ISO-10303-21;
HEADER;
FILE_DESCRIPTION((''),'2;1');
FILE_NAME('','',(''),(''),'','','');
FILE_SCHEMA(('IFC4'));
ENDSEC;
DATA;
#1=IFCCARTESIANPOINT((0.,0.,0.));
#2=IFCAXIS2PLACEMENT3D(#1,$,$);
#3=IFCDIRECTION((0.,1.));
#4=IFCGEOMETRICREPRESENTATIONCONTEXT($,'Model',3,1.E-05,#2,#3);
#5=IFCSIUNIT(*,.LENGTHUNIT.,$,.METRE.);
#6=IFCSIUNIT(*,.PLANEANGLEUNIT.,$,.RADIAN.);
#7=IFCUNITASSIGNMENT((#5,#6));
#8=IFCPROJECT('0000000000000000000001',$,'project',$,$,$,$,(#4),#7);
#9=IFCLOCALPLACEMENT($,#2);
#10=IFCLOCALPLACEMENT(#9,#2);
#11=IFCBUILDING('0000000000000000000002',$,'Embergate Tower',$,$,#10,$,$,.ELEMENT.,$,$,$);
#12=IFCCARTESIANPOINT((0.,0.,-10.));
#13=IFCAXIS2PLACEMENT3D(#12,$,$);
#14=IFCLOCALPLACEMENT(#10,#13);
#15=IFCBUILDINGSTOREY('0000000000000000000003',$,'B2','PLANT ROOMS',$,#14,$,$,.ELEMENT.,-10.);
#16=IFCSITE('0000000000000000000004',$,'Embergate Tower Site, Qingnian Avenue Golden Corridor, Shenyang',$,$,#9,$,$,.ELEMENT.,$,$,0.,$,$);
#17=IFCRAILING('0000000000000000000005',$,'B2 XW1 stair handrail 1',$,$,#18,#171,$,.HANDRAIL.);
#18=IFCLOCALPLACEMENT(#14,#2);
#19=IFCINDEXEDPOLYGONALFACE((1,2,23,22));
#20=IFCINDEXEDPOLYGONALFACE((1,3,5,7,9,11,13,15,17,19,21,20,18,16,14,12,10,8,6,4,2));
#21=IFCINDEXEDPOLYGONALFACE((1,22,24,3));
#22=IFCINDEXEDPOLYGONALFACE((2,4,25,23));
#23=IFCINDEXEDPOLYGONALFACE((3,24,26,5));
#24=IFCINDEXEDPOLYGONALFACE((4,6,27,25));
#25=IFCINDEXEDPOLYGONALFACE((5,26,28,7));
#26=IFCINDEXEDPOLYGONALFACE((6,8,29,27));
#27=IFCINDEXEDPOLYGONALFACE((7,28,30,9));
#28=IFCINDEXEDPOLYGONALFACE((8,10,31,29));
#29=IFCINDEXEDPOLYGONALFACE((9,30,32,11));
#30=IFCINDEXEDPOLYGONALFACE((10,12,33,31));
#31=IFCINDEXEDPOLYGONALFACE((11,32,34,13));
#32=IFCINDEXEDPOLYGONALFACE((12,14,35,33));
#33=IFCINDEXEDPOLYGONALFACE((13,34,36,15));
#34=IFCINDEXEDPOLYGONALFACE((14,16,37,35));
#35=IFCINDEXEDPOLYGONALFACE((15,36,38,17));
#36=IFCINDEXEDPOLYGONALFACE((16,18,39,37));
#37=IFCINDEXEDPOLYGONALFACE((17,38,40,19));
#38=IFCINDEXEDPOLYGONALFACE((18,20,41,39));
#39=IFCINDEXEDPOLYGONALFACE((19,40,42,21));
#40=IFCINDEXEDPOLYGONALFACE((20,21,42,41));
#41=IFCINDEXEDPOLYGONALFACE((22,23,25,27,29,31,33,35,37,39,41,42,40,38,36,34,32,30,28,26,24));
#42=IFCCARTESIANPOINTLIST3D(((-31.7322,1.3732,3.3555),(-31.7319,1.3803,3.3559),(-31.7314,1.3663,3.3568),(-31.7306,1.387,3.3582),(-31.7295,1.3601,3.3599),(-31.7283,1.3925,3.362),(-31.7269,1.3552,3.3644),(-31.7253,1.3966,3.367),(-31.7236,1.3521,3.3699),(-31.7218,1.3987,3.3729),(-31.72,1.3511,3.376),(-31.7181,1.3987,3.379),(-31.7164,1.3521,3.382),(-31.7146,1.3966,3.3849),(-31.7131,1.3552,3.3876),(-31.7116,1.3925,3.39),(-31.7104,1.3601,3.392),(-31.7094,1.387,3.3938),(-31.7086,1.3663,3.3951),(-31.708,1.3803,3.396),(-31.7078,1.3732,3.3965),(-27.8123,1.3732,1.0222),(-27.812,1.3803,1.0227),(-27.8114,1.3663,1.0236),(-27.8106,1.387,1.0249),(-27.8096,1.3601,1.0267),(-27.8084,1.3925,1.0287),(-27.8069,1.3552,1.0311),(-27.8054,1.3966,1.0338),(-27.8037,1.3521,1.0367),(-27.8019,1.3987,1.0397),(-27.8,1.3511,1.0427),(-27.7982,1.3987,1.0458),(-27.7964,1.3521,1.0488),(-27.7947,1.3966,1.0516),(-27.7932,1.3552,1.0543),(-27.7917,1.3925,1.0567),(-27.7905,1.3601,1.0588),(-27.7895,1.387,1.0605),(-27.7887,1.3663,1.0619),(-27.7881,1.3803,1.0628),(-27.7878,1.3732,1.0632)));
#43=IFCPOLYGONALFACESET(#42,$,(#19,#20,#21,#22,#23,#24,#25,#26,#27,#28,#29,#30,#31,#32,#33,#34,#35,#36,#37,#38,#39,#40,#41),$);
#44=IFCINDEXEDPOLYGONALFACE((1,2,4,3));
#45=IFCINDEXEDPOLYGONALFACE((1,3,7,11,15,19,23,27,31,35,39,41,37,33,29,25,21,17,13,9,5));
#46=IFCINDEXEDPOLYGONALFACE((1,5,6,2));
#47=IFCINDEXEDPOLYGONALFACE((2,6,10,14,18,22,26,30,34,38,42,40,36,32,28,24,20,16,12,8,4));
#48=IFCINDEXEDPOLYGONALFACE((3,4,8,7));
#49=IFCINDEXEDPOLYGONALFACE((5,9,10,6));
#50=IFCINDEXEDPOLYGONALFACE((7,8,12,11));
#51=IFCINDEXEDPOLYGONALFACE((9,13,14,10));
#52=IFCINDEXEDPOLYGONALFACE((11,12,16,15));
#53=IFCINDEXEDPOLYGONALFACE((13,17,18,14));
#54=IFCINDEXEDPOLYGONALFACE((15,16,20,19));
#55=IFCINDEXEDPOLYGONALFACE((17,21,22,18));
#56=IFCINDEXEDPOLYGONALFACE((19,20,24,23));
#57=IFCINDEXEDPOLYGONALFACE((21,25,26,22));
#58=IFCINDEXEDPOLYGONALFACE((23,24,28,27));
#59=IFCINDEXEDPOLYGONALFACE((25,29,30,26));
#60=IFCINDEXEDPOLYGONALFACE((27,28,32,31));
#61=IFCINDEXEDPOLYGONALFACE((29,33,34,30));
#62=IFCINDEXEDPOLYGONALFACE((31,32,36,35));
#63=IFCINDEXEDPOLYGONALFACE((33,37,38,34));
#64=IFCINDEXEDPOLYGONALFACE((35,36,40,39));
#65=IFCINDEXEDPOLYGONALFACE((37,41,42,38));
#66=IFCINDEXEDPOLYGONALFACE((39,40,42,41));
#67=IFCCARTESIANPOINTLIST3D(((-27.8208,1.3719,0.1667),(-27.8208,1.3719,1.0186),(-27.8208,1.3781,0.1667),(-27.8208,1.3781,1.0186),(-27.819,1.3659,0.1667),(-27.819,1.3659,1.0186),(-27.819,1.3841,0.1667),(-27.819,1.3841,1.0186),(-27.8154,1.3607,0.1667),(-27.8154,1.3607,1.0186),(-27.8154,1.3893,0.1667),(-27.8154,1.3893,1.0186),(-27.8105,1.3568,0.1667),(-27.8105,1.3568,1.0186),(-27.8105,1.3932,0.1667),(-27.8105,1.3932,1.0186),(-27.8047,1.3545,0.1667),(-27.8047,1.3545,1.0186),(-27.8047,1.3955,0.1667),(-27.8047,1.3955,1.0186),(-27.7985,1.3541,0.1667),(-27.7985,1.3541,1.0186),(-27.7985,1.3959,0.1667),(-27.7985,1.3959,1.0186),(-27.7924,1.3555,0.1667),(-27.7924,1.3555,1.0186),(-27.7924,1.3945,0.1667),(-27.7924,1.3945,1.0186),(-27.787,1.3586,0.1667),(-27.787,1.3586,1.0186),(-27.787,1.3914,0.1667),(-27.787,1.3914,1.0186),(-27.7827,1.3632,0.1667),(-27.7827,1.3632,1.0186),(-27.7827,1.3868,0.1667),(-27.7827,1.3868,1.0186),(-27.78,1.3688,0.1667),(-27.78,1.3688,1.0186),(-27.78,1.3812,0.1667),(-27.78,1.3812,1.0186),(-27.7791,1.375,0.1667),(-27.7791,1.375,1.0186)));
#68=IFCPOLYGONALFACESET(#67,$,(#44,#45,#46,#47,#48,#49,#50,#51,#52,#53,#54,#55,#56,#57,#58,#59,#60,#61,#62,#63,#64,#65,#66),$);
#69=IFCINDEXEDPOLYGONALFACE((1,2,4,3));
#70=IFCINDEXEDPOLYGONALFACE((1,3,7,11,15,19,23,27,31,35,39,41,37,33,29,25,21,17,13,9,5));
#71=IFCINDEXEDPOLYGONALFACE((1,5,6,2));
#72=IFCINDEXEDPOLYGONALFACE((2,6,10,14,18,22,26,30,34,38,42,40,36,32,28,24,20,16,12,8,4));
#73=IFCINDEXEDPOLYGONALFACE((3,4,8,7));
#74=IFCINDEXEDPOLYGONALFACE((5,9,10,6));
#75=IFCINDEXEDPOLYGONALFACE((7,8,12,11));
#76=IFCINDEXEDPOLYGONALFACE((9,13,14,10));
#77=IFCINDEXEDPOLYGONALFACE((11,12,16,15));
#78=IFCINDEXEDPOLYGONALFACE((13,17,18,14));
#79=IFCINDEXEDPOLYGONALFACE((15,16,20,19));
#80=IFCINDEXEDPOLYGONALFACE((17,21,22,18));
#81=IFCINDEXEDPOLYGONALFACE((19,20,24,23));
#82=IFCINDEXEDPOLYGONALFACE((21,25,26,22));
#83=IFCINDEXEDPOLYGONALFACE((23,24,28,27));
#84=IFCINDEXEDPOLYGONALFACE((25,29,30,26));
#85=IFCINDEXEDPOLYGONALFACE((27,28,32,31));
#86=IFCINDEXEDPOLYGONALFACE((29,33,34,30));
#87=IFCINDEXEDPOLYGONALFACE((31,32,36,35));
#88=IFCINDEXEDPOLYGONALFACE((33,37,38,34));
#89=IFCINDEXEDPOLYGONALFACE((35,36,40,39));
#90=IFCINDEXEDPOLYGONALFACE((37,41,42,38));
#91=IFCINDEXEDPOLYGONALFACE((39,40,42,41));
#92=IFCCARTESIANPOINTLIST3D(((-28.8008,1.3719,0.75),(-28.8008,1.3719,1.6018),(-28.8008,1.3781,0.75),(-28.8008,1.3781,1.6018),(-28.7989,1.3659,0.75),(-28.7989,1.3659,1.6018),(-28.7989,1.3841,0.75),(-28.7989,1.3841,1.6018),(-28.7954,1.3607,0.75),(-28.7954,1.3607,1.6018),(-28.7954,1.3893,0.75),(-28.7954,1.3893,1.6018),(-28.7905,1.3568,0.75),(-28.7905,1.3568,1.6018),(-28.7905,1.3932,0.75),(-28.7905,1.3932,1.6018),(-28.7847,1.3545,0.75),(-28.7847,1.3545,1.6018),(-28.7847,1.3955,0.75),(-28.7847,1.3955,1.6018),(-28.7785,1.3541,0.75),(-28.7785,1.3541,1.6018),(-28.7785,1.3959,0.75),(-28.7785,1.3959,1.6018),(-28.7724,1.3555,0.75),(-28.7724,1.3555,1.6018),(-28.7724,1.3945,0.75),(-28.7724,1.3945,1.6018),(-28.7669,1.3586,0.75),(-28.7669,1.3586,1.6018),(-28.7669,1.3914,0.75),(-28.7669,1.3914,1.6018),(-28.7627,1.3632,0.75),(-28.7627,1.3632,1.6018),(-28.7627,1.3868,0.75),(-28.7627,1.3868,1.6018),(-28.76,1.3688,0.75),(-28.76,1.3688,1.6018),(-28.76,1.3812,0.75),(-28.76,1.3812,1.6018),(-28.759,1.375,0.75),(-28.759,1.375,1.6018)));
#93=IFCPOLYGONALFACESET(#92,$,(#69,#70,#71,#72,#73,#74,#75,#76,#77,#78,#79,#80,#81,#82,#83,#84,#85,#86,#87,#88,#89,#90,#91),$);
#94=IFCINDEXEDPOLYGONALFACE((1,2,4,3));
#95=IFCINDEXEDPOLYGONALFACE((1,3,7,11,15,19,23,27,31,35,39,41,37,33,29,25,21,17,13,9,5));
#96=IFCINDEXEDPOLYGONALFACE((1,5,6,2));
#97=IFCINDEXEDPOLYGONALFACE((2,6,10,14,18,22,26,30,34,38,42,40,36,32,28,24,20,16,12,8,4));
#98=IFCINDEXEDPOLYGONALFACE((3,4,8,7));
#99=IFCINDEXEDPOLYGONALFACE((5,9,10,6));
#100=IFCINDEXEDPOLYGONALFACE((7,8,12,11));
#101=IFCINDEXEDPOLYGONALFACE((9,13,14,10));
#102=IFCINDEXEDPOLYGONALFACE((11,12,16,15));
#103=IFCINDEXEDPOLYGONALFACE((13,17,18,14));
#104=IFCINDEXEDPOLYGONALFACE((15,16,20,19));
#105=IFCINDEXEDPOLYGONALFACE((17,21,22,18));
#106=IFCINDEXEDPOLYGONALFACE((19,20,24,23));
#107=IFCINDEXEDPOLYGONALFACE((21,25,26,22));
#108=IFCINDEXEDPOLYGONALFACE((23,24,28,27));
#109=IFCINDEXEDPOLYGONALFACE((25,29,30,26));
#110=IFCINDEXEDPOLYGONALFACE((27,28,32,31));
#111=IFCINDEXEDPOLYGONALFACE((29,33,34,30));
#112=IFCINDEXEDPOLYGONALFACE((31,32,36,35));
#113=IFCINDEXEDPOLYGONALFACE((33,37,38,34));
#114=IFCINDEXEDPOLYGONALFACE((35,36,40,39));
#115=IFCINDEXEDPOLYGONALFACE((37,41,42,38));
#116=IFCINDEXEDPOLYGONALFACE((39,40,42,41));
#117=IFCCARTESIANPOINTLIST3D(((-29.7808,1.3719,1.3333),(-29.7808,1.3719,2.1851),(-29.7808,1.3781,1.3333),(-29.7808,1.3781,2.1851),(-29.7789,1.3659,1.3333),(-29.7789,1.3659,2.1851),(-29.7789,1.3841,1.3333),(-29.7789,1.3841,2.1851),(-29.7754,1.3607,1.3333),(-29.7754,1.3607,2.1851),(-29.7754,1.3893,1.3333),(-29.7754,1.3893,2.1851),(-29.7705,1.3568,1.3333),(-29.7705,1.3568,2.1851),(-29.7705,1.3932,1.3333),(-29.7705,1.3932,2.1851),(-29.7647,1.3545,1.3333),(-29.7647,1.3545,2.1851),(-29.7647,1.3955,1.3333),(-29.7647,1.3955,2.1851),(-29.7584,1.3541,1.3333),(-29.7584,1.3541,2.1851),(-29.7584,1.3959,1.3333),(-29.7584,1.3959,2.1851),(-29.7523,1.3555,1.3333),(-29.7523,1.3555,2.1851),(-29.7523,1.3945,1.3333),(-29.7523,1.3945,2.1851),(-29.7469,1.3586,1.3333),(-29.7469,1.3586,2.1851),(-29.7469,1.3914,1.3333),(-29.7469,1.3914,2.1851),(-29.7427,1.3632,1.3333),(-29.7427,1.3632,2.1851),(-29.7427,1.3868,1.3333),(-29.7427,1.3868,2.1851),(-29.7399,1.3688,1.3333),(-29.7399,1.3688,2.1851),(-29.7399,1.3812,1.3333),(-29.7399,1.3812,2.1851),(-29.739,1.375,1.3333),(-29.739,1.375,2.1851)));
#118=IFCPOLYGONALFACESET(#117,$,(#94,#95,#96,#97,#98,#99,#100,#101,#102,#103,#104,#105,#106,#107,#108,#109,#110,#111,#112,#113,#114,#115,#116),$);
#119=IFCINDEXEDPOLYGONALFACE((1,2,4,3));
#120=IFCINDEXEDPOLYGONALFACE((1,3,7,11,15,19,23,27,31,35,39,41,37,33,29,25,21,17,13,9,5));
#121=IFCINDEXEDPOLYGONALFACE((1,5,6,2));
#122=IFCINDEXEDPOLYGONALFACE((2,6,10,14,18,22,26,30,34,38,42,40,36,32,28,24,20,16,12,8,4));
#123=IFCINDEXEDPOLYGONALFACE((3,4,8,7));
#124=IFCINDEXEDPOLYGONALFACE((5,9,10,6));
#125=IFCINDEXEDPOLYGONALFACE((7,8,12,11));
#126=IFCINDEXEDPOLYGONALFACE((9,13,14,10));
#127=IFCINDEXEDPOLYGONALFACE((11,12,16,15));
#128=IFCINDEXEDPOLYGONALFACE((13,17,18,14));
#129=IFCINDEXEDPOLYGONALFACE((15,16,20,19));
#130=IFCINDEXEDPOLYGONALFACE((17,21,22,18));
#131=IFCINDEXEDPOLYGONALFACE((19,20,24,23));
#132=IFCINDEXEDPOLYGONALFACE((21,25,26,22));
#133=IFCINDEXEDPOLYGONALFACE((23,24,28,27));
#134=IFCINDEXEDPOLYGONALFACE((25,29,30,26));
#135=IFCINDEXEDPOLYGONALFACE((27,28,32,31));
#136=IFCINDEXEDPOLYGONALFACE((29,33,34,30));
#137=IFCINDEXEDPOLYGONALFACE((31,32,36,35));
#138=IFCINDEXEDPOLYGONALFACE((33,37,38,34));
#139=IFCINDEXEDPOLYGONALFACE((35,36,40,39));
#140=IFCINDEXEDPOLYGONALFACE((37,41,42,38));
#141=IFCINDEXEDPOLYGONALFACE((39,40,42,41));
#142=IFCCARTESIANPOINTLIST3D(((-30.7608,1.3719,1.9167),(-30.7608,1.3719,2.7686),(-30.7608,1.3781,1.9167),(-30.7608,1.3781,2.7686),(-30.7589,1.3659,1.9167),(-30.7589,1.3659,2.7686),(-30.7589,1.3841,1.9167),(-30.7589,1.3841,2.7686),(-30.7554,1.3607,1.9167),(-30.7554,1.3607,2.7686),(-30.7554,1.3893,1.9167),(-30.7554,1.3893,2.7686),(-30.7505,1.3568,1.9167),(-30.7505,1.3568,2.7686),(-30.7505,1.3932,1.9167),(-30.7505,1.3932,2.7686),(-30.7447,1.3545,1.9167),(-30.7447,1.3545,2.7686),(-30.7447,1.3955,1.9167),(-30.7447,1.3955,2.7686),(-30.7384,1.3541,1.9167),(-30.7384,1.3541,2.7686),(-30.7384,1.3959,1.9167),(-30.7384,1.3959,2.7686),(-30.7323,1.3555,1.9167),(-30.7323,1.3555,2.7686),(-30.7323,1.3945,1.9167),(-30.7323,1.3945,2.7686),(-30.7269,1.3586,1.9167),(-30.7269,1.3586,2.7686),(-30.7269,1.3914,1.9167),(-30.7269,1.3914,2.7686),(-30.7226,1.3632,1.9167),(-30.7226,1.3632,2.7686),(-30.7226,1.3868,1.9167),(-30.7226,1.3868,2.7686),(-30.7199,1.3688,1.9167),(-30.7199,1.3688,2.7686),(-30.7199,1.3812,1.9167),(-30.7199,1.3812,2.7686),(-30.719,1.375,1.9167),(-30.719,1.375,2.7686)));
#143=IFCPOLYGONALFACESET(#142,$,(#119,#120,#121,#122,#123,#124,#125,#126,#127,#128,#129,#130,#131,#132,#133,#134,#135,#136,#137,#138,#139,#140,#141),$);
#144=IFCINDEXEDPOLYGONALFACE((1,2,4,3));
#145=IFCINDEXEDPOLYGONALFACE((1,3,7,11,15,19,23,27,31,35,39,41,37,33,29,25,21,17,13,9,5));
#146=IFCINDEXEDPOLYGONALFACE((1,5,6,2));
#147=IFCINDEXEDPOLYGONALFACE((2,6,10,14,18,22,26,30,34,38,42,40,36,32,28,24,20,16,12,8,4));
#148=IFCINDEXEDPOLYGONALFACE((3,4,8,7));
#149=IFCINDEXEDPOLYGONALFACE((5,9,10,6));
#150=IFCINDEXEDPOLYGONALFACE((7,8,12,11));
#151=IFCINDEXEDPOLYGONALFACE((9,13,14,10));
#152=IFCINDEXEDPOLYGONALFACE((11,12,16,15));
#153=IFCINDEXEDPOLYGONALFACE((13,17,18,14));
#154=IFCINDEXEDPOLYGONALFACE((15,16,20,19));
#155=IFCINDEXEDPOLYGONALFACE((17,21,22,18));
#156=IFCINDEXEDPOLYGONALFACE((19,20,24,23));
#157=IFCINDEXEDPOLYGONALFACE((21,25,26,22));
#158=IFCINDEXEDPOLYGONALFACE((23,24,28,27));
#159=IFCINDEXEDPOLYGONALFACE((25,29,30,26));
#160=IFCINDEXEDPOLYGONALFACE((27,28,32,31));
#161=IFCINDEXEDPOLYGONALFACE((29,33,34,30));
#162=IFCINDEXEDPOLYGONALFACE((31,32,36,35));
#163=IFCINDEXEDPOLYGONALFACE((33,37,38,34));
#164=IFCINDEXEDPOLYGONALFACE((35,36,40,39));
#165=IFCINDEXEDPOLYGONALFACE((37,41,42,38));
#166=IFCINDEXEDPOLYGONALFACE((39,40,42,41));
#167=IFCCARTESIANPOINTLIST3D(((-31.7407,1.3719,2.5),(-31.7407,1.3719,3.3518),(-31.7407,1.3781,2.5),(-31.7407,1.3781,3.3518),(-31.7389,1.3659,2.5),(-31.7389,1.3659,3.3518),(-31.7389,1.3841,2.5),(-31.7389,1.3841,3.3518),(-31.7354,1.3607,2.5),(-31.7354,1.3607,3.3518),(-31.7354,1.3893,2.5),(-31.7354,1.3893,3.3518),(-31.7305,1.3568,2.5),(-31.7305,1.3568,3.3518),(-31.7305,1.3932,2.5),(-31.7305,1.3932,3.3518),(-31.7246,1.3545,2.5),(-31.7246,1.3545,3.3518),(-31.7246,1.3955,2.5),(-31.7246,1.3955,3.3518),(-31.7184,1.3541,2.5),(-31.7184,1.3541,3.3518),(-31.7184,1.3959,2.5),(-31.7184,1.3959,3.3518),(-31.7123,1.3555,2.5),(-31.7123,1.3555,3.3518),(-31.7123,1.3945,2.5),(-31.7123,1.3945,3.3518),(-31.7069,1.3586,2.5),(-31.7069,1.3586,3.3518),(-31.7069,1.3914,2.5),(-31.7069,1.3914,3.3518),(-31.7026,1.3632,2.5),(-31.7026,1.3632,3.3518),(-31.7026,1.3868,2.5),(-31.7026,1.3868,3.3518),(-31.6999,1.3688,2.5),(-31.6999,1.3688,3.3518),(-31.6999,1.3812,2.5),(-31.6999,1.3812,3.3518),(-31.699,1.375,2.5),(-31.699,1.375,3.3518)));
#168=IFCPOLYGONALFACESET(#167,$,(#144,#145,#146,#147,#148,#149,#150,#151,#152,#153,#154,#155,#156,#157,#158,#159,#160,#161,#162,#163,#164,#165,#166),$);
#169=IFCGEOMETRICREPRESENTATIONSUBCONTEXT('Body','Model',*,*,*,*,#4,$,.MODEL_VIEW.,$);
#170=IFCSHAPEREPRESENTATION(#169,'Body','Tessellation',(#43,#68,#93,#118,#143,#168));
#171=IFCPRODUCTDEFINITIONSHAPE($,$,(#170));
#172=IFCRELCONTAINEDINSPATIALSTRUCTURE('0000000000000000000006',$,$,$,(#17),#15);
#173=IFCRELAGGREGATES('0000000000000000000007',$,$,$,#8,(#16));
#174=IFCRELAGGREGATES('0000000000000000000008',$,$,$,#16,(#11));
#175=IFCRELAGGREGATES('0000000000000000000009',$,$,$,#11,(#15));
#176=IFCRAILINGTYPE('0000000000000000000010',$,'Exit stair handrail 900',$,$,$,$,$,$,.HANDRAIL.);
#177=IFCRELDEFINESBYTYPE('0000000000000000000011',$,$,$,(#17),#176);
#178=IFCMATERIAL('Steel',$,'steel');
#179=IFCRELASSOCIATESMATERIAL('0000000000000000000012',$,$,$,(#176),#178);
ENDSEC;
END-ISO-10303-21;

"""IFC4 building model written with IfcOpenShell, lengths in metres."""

from ifc_helpers import new_model, si_unit, direction, frame, origin, origin_2d, place, context, subcontext, project, spatial, circle, extrude, source, transform, mapped, material, type_object, element, save


model = new_model("IFC4")

# Units and contexts
model_context = context("Model", 3, precision=1e-05, world=origin(), true_north=direction((0.0, 1.0)))
body_context = subcontext(model_context, "Body", "Model", "MODEL_VIEW")
ifc_project = project(units=[si_unit("LENGTHUNIT", "METRE"), si_unit("PLANEANGLEUNIT", "RADIAN")], contexts=[model_context])

# Site, building, storey
site_placement = place(None, origin())
site = spatial("IfcSite", under=ifc_project, at=site_placement, Name="Embergate Tower Site, Qingnian Avenue Golden Corridor, Shenyang", CompositionType="ELEMENT", RefElevation=0.0)
building_placement = place(site_placement, origin())
building = spatial("IfcBuilding", under=site, at=building_placement, Name="Embergate Tower", CompositionType="ELEMENT")
storey_placement = place(building_placement, frame((0.0, 0.0, -10.0)))
storey = spatial("IfcBuildingStorey", under=building, at=storey_placement, Name="B2", Description="PLANT ROOMS", CompositionType="ELEMENT", Elevation=-10.0)

# Railing
ifc_material_1 = material(Name="Steel", Category="steel")
railing_type_1 = type_object("IfcRailingType", Name="Exit stair handrail 900", PredefinedType="HANDRAIL", material=ifc_material_1)
shared_shape_1 = source(origin(), body_context, "Body", "SweptSolid", [
    extrude(circle(Radius=0.0239, at=origin_2d()), frame((0.0, 0.0, 0.876), z_axis=(-0.859296, 0.0, 0.511478), x_axis=(0.0, -1.0, 0.0)), (0.0, 0.0, 1.0), 4.5618),
    extrude(circle(Radius=0.021, at=origin_2d()), origin(), (0.0, 0.0, 1.0), 0.8518),
    extrude(circle(Radius=0.021, at=origin_2d()), frame((-0.98, 0.0, 0.5833)), (0.0, 0.0, 1.0), 0.8518),
    extrude(circle(Radius=0.021, at=origin_2d()), frame((-1.96, 0.0, 1.1665)), (0.0, 0.0, 1.0), 0.8518),
    extrude(circle(Radius=0.021, at=origin_2d()), frame((-2.9399, 0.0, 1.75)), (0.0, 0.0, 1.0), 0.8518),
    extrude(circle(Radius=0.021, at=origin_2d()), frame((-3.9199, 0.0, 2.3333)), (0.0, 0.0, 1.0), 0.8518),
])
railing_1_placement = place(storey_placement, frame((-27.8, 1.375, 0.1667)))
element("IfcRailing", 1, at=railing_1_placement, inside=storey, type_object=railing_type_1, Name="B2 XW1 stair handrail 1", PredefinedType="HANDRAIL", context=body_context, shape_type="MappedRepresentation", body=[
    mapped(shared_shape_1, transform((0.0, 0.0, 0.0))),
])

save(model, "model.ifc")
